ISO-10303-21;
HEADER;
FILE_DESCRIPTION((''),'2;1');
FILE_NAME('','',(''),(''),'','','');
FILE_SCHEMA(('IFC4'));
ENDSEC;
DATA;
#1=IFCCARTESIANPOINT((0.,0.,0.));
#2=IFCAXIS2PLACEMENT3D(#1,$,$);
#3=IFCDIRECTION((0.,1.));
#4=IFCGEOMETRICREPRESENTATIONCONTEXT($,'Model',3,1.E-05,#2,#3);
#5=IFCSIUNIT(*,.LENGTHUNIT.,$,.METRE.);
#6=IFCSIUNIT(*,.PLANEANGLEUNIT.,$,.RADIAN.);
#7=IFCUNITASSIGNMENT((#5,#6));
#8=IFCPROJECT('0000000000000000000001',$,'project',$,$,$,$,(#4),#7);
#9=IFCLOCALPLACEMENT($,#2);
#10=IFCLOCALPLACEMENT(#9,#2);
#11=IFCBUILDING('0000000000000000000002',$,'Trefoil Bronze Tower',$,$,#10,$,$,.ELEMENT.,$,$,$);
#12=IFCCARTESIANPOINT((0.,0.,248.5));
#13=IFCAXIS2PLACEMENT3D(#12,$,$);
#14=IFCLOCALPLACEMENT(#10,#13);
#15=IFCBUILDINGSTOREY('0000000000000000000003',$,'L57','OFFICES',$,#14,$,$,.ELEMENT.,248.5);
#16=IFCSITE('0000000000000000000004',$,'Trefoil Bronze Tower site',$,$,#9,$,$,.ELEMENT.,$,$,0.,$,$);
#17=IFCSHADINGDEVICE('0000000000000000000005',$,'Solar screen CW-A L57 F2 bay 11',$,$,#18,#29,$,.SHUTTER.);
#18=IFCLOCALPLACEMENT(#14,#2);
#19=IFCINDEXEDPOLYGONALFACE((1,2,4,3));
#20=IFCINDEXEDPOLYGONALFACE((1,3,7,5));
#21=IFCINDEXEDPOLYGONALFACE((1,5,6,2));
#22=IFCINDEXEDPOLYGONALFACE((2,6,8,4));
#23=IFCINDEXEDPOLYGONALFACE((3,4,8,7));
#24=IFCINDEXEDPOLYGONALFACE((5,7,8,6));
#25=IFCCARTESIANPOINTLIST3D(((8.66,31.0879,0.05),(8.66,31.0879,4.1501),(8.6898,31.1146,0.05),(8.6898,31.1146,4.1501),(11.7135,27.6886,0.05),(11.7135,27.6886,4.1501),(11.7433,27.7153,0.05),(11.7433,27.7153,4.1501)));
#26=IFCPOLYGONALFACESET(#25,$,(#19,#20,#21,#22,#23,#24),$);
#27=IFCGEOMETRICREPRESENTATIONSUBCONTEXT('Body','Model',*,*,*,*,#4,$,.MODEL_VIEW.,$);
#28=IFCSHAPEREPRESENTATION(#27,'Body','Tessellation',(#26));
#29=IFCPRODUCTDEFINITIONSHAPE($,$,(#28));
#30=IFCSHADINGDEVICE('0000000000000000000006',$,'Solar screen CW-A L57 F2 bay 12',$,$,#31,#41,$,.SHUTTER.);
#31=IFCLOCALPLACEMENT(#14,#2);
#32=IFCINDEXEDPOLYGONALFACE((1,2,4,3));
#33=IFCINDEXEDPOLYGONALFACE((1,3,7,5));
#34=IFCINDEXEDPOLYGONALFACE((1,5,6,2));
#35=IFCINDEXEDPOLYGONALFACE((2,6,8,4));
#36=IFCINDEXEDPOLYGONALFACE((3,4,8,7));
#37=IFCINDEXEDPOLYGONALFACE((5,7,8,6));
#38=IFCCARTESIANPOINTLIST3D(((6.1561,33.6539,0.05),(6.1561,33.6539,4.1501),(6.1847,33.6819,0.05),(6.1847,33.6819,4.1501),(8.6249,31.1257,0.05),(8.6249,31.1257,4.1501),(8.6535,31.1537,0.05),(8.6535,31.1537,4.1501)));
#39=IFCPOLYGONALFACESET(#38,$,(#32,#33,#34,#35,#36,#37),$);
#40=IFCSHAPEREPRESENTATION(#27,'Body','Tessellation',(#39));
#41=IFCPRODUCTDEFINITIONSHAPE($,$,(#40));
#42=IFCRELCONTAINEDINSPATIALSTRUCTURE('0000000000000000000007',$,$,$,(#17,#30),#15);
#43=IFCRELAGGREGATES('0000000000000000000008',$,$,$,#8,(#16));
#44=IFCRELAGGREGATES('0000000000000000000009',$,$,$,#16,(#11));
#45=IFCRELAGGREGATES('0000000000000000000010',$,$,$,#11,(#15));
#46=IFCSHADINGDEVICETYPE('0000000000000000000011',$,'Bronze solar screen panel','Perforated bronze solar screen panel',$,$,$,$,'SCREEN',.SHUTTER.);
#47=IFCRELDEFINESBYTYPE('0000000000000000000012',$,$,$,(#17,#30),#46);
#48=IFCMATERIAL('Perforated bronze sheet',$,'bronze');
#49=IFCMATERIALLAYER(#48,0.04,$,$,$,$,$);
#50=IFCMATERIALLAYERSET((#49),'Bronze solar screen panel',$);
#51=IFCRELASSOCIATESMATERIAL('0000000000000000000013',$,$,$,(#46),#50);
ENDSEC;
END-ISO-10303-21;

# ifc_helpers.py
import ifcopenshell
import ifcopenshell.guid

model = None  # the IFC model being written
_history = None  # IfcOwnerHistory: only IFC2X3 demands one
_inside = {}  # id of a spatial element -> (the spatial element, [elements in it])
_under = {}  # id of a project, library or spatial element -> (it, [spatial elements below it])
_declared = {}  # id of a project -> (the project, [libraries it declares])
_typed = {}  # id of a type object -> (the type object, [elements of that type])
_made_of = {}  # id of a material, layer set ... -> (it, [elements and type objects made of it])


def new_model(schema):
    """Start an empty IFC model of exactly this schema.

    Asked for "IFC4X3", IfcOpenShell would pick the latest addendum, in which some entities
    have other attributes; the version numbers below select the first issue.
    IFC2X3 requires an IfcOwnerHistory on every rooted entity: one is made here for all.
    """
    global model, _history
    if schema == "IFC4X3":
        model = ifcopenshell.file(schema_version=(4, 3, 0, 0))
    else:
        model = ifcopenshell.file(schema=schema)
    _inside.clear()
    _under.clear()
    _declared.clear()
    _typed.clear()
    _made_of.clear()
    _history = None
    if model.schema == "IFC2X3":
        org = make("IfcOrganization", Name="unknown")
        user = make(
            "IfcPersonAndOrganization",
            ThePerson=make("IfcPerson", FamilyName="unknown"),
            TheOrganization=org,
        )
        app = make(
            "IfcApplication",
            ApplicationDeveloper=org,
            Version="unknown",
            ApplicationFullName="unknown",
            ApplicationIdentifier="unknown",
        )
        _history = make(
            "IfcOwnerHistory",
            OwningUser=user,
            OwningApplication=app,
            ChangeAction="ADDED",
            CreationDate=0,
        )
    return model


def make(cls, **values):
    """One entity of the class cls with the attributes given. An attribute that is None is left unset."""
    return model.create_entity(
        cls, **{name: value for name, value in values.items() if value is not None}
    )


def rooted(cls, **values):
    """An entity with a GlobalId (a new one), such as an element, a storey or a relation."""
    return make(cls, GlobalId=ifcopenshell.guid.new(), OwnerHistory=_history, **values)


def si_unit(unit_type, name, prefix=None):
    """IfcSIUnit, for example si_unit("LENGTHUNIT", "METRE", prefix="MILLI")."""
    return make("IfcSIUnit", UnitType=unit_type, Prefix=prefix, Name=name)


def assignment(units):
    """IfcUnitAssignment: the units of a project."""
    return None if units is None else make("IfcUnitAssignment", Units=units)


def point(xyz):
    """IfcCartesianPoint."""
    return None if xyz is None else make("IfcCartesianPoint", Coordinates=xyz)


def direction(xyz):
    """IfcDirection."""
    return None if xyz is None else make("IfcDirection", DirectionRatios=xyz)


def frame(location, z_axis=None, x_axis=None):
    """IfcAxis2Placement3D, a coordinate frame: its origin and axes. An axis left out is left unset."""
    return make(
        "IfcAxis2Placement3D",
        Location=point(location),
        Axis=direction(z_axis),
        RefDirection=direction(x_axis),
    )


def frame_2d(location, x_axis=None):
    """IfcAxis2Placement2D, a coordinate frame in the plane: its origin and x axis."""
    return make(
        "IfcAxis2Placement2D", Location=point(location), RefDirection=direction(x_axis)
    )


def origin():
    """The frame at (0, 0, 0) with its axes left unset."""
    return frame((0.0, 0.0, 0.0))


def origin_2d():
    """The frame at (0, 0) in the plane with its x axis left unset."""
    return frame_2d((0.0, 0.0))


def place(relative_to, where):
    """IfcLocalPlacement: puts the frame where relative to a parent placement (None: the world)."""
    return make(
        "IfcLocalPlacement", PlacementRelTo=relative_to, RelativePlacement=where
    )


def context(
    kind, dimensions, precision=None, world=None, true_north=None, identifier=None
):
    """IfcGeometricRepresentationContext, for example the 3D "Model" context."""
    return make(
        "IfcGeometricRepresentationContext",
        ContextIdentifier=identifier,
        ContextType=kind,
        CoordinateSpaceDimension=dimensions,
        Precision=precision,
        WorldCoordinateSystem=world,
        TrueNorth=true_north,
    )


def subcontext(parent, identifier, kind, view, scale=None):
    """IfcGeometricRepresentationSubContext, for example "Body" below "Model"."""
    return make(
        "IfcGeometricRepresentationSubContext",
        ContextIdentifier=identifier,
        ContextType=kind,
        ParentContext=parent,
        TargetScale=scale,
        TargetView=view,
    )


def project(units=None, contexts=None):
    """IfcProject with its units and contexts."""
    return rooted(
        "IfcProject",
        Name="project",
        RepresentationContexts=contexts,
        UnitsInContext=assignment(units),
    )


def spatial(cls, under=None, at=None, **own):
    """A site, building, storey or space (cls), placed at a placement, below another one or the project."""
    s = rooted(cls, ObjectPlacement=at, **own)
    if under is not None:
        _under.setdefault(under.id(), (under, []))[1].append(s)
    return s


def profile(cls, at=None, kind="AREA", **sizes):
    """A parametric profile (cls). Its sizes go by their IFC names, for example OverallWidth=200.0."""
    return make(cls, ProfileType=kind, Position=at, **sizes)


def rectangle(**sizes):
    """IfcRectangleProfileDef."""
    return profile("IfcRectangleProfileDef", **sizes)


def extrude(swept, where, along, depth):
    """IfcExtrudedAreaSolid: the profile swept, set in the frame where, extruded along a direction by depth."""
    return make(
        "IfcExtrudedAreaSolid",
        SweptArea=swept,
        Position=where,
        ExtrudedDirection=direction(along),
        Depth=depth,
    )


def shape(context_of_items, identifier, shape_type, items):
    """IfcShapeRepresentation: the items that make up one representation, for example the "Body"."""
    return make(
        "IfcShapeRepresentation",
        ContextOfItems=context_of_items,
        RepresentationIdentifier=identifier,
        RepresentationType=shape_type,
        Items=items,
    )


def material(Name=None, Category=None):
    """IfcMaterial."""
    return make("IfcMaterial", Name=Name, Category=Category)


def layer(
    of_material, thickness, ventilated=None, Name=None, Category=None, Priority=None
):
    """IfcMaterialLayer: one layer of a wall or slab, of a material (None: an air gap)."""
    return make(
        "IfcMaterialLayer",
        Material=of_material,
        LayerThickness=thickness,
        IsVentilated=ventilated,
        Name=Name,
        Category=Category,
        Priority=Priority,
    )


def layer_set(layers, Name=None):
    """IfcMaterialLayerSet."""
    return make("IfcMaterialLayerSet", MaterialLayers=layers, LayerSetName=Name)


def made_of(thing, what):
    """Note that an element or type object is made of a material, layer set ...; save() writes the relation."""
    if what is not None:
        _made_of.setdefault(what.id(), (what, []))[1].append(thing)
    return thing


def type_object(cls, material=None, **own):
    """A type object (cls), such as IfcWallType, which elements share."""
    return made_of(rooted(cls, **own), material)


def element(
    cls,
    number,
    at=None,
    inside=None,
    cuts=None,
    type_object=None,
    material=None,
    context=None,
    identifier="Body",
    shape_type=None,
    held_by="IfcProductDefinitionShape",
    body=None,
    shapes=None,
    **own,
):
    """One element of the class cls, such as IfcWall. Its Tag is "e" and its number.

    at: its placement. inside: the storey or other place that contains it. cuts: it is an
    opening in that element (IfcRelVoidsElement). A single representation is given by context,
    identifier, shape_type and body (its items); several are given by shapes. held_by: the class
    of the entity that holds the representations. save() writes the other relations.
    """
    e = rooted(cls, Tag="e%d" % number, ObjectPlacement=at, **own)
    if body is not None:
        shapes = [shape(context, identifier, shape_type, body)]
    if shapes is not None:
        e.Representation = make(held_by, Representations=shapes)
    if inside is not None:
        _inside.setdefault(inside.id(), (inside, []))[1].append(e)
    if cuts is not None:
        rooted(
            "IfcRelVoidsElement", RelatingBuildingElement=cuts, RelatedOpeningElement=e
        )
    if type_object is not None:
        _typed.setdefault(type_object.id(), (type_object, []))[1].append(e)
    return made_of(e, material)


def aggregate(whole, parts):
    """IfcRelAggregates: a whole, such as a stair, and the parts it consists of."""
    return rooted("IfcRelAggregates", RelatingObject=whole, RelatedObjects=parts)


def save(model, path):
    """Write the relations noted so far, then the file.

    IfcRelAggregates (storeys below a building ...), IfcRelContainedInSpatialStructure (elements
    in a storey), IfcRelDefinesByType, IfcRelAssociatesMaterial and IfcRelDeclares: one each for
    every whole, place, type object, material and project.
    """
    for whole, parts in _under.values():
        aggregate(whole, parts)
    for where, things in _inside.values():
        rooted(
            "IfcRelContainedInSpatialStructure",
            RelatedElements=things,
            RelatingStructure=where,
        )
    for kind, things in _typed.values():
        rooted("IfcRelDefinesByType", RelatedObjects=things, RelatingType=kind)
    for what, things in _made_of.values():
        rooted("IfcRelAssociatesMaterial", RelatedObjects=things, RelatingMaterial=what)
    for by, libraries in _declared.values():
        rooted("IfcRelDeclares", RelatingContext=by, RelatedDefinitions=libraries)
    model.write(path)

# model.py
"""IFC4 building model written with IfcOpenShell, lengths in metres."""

from ifc_helpers import new_model, si_unit, direction, frame, origin, origin_2d, place, context, subcontext, project, spatial, rectangle, extrude, material, layer, layer_set, type_object, element, save


model = new_model("IFC4")

# Units and contexts
model_context = context("Model", 3, precision=1e-05, world=origin(), true_north=direction((0.0, 1.0)))
body_context = subcontext(model_context, "Body", "Model", "MODEL_VIEW")
ifc_project = project(units=[si_unit("LENGTHUNIT", "METRE"), si_unit("PLANEANGLEUNIT", "RADIAN")], contexts=[model_context])

# Site, building, storey
site_placement = place(None, origin())
site = spatial("IfcSite", under=ifc_project, at=site_placement, Name="Trefoil Bronze Tower site", CompositionType="ELEMENT", RefElevation=0.0)
building_placement = place(site_placement, origin())
building = spatial("IfcBuilding", under=site, at=building_placement, Name="Trefoil Bronze Tower", CompositionType="ELEMENT")
storey_placement = place(building_placement, frame((0.0, 0.0, 248.5)))
storey = spatial("IfcBuildingStorey", under=building, at=storey_placement, Name="L57", Description="OFFICES", CompositionType="ELEMENT", Elevation=248.5)

# Shading devices
ifc_material_1 = material(Name="Perforated bronze sheet", Category="bronze")
ifc_layer_1 = layer(ifc_material_1, 0.04)
ifc_layer_set_1 = layer_set([ifc_layer_1], Name="Bronze solar screen panel")
shading_device_type = type_object("IfcShadingDeviceType", Name="Bronze solar screen panel", Description="Perforated bronze solar screen panel", ElementType="SCREEN", PredefinedType="SHUTTER", material=ifc_layer_set_1)
shading_device_1_placement = place(storey_placement, frame((10.2017, 29.4016, 0.05), z_axis=(0.0, 0.0, 1.0), x_axis=(-0.668246, 0.743941, 0.0)))
element("IfcShadingDevice", 1, at=shading_device_1_placement, inside=storey, type_object=shading_device_type, Name="Solar screen CW-A L57 F2 bay 11", PredefinedType="SHUTTER", context=body_context, shape_type="SweptSolid", body=[
    extrude(rectangle(XDim=4.5693, YDim=0.04, at=origin_2d()), origin(), (0.0, 0.0, 1.0), 4.1001),
])
shading_device_2_placement = place(storey_placement, frame((7.4048, 32.4038, 0.05), z_axis=(0.0, 0.0, 1.0), x_axis=(-0.698652, 0.715462, 0.0)))
element("IfcShadingDevice", 2, at=shading_device_2_placement, inside=storey, type_object=shading_device_type, Name="Solar screen CW-A L57 F2 bay 12", PredefinedType="SHUTTER", context=body_context, shape_type="SweptSolid", body=[
    extrude(rectangle(XDim=3.5337, YDim=0.04, at=origin_2d()), origin(), (0.0, 0.0, 1.0), 4.1001),
])

save(model, "model.ifc")
